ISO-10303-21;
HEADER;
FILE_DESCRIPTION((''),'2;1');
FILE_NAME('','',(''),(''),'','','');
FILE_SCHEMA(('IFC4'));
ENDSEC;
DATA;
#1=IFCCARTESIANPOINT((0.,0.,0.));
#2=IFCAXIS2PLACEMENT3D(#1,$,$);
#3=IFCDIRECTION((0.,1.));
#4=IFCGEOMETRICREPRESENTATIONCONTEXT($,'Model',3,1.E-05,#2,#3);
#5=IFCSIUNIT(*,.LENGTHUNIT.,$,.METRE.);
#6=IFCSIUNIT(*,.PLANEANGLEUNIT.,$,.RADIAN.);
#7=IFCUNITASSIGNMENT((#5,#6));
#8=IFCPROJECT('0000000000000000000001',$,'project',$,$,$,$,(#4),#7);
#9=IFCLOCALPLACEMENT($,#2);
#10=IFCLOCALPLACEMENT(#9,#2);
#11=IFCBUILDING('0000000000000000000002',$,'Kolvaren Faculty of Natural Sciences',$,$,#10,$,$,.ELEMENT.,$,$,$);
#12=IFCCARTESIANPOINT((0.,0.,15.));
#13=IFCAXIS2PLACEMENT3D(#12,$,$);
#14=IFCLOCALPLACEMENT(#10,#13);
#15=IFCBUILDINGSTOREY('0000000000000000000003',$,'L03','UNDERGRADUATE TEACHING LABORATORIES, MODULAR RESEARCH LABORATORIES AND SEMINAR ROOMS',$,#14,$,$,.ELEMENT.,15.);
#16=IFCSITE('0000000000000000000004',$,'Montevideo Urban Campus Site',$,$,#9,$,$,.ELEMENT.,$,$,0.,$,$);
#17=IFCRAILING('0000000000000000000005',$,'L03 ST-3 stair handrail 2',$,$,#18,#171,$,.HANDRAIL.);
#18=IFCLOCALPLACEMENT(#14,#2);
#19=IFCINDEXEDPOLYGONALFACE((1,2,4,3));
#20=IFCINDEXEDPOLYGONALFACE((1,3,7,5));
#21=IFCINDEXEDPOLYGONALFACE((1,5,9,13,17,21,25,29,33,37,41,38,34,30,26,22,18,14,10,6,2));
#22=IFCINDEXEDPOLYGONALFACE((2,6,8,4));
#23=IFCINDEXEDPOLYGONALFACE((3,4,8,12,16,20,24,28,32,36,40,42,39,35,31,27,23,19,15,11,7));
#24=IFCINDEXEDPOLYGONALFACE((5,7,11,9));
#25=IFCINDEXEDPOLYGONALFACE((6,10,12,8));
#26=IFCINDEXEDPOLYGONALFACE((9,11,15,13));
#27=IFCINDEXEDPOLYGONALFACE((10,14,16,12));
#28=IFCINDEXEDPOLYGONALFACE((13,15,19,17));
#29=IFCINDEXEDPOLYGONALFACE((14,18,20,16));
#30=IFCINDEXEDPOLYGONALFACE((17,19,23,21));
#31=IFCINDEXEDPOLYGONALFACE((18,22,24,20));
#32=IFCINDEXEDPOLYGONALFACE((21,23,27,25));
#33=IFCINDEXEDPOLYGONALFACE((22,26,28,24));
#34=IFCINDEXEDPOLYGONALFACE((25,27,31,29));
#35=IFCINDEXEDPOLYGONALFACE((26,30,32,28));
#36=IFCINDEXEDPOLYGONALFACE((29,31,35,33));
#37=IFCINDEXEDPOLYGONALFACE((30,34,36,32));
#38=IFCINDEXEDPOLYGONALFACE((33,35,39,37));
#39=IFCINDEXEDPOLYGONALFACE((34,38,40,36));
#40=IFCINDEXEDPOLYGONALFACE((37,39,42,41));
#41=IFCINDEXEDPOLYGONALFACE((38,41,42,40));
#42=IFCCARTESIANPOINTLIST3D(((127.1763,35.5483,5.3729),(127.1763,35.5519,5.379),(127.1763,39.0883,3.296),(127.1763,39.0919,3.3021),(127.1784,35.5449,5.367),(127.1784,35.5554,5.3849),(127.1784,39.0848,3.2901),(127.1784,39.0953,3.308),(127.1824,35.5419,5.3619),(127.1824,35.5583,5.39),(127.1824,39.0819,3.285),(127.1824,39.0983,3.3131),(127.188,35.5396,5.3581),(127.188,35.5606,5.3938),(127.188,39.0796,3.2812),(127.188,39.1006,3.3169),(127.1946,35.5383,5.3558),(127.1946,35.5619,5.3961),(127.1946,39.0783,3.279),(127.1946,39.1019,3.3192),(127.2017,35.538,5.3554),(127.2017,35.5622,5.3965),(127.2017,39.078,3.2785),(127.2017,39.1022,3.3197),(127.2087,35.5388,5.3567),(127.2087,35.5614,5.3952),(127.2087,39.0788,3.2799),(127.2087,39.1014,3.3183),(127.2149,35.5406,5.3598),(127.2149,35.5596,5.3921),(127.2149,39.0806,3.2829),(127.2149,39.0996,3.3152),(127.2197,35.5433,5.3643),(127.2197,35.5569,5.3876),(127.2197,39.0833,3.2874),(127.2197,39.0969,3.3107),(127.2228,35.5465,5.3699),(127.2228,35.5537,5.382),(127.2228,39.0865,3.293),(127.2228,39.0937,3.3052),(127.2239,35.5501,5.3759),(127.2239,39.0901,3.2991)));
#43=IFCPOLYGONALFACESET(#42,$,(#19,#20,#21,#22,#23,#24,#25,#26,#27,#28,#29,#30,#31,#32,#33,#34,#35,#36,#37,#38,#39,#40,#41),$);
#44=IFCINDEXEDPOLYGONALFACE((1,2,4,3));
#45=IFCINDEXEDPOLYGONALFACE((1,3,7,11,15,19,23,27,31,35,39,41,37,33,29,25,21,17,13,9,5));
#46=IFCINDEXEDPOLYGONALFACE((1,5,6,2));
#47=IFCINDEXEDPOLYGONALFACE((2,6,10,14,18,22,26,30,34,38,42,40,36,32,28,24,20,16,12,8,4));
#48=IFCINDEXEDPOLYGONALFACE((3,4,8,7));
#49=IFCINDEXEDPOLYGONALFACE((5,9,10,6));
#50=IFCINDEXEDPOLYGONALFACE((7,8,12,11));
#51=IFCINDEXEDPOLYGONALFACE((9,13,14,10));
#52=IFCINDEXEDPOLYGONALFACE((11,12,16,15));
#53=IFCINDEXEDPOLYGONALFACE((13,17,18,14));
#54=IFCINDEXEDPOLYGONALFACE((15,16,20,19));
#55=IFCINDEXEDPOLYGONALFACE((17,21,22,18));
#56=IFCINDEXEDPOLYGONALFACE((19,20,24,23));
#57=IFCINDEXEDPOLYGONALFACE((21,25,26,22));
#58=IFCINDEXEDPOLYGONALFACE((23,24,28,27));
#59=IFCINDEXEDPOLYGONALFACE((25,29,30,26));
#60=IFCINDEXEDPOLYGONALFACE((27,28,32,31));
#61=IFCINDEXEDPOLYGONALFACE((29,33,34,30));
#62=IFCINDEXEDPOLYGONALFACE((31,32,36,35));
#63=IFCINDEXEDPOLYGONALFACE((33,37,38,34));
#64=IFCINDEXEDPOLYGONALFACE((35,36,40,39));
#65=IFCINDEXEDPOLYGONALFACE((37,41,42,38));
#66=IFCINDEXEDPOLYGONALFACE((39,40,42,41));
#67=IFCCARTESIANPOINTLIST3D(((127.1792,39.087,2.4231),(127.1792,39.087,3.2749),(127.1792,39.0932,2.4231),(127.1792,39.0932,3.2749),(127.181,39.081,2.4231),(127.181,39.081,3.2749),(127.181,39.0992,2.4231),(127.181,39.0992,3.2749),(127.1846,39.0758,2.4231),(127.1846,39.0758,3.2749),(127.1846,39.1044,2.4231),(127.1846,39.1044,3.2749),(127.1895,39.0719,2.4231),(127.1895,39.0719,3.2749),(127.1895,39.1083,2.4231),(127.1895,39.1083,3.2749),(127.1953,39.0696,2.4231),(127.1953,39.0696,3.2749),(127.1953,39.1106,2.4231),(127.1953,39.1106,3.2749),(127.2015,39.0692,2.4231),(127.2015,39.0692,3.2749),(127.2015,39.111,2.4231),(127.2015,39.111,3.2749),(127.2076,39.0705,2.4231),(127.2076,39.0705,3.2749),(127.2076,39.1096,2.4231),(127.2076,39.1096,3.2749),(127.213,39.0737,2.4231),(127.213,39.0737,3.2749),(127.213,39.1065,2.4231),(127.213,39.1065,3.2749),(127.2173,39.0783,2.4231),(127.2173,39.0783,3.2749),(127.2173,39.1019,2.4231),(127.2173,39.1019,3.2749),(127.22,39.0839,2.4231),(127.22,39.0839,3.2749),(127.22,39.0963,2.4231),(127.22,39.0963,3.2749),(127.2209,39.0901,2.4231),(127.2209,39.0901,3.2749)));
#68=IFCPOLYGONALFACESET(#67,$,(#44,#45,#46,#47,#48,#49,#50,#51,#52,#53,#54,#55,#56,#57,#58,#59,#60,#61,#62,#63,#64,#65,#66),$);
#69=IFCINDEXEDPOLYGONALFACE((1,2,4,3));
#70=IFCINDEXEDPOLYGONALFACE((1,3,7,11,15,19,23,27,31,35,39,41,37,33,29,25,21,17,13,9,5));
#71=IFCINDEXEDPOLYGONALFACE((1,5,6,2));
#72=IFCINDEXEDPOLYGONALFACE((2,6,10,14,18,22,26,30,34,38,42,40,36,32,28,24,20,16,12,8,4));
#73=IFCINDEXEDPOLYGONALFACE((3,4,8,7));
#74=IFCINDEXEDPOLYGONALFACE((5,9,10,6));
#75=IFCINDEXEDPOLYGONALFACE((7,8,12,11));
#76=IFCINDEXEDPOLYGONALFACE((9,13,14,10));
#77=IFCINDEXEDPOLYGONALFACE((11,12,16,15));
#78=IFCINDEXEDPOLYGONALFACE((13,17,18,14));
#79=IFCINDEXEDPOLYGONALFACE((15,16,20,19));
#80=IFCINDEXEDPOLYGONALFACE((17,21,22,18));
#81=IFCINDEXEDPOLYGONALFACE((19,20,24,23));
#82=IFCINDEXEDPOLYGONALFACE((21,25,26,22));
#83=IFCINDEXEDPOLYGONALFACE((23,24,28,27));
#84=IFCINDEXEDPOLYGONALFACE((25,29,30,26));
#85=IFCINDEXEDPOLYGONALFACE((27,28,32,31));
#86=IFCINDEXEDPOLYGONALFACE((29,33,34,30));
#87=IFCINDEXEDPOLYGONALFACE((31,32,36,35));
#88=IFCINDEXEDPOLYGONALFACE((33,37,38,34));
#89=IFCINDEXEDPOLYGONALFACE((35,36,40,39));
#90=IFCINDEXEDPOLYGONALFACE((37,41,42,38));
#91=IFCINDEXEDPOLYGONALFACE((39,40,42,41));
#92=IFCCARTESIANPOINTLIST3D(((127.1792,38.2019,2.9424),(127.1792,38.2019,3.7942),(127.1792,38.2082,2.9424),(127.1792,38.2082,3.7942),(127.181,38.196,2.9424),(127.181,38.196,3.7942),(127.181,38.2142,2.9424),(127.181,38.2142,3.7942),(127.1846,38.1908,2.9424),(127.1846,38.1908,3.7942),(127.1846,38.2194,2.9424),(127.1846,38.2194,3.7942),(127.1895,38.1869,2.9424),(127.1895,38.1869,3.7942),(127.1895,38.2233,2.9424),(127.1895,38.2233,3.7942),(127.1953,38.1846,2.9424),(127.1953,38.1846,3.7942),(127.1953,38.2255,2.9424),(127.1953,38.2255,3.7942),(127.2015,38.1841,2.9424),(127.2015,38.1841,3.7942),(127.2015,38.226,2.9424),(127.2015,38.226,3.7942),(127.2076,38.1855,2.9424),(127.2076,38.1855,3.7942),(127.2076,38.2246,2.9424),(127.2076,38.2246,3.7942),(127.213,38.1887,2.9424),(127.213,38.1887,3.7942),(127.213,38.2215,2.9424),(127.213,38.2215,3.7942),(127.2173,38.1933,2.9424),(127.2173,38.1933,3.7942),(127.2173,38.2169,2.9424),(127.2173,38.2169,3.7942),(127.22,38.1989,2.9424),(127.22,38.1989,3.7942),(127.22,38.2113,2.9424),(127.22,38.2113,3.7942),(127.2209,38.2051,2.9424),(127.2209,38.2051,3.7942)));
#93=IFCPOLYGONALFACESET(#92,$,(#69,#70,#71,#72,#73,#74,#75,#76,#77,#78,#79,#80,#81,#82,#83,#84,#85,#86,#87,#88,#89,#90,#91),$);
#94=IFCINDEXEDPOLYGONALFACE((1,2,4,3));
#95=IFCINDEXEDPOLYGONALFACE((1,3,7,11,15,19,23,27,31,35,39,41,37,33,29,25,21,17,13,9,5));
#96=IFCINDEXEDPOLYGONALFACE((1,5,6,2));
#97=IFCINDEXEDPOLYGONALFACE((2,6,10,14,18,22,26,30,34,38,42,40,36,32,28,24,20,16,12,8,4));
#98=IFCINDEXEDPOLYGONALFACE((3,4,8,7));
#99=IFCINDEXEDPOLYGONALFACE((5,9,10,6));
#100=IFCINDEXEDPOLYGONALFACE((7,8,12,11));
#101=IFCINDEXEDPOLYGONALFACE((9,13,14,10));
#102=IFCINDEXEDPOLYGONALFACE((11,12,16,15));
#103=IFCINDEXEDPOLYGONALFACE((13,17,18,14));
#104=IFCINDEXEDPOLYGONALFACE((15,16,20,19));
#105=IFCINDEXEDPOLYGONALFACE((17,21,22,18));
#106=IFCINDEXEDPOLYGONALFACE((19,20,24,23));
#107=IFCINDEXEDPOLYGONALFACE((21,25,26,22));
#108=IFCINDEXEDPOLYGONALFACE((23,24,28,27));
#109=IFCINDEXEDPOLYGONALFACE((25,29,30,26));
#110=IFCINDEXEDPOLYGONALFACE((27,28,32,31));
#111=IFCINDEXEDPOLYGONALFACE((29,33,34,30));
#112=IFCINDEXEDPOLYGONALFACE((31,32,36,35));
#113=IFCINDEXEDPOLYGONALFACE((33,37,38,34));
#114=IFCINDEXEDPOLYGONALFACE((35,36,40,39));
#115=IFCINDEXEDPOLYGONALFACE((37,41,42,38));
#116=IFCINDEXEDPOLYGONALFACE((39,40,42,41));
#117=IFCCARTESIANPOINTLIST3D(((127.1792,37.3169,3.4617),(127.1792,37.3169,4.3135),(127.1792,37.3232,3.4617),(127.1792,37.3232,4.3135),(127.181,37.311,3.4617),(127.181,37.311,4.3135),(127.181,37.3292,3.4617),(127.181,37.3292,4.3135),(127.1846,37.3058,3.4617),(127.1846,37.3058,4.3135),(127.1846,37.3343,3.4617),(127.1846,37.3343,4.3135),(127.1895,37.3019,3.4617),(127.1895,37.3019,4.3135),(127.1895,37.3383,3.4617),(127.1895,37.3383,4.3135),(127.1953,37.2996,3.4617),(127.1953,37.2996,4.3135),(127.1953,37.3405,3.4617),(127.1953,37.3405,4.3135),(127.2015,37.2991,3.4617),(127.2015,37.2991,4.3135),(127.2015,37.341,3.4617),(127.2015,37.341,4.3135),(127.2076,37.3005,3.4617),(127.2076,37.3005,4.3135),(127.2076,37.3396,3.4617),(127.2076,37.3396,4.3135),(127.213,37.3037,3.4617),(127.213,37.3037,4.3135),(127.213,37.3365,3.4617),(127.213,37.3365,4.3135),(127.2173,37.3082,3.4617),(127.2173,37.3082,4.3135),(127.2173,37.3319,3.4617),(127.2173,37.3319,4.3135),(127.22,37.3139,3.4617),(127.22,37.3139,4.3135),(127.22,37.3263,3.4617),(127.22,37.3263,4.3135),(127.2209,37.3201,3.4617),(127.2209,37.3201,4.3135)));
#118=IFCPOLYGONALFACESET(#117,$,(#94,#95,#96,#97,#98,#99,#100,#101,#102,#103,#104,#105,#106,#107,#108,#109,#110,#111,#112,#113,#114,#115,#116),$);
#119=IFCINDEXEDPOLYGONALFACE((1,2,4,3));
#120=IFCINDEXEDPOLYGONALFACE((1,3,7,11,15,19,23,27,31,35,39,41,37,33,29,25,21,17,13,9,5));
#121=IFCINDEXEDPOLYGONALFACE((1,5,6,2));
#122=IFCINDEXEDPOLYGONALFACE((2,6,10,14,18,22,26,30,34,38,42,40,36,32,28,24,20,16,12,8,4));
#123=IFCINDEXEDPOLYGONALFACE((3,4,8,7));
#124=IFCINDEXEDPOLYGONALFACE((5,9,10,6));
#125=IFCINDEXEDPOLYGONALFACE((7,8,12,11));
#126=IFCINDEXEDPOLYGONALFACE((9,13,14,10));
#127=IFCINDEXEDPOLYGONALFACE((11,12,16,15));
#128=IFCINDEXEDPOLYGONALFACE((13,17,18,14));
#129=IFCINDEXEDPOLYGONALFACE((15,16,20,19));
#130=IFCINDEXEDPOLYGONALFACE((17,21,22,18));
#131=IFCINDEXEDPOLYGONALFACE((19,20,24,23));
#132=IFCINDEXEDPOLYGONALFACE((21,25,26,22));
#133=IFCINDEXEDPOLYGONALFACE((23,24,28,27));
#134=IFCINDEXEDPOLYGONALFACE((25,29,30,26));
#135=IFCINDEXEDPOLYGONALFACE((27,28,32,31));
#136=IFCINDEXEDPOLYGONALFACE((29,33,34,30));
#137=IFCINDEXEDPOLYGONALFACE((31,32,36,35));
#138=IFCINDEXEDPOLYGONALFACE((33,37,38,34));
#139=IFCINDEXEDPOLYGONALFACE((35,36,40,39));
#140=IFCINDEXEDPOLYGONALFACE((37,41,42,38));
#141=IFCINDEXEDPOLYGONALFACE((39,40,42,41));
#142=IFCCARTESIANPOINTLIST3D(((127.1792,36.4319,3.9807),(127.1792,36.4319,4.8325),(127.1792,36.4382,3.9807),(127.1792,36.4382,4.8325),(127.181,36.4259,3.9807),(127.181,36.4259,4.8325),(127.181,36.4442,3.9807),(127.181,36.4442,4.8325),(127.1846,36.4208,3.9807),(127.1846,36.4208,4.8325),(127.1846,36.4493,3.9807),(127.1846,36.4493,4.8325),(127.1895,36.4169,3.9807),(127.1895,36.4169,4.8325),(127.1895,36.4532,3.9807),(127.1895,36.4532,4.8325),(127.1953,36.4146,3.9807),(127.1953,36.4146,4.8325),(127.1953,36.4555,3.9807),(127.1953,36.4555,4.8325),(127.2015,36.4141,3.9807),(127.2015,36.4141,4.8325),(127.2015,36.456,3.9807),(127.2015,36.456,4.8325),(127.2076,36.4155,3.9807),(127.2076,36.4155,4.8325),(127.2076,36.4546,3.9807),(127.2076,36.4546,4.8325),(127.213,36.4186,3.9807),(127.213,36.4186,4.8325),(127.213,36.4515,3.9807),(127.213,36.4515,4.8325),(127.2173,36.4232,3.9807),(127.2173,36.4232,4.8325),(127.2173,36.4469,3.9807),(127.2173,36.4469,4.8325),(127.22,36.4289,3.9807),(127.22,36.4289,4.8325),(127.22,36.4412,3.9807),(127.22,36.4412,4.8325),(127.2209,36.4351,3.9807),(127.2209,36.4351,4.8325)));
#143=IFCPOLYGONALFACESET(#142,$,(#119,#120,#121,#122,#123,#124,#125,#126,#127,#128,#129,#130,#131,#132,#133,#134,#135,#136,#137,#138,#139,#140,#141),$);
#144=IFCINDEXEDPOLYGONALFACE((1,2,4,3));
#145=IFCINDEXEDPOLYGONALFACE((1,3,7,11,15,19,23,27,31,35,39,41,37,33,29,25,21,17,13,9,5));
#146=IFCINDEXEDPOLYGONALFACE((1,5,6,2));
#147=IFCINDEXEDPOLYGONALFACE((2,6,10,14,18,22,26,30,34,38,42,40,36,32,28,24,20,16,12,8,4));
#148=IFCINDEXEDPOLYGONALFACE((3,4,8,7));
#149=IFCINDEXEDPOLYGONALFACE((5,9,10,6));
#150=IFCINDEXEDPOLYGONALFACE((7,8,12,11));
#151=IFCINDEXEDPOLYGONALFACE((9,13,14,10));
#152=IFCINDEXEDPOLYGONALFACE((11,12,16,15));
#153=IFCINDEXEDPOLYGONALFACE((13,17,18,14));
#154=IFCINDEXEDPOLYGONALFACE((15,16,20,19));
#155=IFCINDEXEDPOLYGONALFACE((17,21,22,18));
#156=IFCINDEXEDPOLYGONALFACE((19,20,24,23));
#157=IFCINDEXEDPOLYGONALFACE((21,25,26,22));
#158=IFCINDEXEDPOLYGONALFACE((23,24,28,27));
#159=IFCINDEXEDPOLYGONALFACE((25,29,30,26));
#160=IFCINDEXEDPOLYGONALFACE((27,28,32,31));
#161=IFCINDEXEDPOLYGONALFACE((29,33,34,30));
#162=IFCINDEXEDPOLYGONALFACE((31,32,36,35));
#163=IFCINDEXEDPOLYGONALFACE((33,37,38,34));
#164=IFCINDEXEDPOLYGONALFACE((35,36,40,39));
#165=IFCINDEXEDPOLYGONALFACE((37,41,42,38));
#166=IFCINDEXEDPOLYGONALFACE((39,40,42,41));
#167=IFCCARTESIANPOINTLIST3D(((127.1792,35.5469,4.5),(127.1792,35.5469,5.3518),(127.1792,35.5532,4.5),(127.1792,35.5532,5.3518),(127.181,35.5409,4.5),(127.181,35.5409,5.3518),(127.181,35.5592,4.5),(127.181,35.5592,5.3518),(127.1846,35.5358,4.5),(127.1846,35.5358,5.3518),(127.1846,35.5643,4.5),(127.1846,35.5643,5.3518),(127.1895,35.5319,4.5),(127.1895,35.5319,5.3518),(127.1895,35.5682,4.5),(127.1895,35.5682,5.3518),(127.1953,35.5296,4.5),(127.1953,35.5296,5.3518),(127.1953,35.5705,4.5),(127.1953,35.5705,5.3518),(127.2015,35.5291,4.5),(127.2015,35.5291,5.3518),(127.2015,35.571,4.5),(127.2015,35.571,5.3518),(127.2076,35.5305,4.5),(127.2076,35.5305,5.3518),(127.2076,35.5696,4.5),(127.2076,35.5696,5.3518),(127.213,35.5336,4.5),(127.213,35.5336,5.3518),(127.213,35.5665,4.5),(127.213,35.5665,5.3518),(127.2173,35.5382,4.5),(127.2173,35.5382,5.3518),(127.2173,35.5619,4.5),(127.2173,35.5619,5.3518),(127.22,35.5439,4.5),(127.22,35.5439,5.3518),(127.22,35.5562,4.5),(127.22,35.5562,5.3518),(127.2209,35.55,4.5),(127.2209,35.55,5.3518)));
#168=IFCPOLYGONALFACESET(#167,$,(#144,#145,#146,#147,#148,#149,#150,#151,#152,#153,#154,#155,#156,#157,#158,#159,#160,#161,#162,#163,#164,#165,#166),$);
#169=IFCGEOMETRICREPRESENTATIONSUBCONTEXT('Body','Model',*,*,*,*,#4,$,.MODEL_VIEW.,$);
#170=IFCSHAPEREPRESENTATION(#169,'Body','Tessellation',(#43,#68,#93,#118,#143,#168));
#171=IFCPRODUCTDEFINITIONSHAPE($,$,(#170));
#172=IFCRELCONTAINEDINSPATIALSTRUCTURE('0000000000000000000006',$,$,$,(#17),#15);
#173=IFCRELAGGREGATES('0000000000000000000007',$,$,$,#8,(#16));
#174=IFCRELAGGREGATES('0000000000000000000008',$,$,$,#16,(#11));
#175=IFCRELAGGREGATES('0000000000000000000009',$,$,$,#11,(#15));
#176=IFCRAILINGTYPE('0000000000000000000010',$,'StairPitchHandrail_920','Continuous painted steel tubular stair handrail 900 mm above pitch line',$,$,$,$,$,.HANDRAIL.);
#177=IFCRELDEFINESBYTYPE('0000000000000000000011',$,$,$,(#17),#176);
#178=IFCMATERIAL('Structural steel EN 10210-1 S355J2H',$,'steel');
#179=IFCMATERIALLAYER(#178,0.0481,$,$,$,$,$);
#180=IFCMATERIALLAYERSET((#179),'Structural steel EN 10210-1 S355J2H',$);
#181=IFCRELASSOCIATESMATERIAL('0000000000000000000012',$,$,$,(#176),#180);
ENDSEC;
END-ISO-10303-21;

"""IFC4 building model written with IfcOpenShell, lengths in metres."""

from ifc_helpers import new_model, si_unit, direction, frame, origin, origin_2d, place, context, subcontext, project, spatial, circle, extrude, material, layer, layer_set, type_object, element, save


model = new_model("IFC4")

# Units and contexts
model_context = context("Model", 3, precision=1e-05, world=origin(), true_north=direction((0.0, 1.0)))
body_context = subcontext(model_context, "Body", "Model", "MODEL_VIEW")
ifc_project = project(units=[si_unit("LENGTHUNIT", "METRE"), si_unit("PLANEANGLEUNIT", "RADIAN")], contexts=[model_context])

# Site, building, storey
site_placement = place(None, origin())
site = spatial("IfcSite", under=ifc_project, at=site_placement, Name="Montevideo Urban Campus Site", CompositionType="ELEMENT", RefElevation=0.0)
building_placement = place(site_placement, origin())
building = spatial("IfcBuilding", under=site, at=building_placement, Name="Kolvaren Faculty of Natural Sciences", CompositionType="ELEMENT")
storey_placement = place(building_placement, frame((0.0, 0.0, 15.0)))
storey = spatial("IfcBuildingStorey", under=building, at=storey_placement, Name="L03", Description="UNDERGRADUATE TEACHING LABORATORIES, MODULAR RESEARCH LABORATORIES AND SEMINAR ROOMS", CompositionType="ELEMENT", Elevation=15.0)

# Railing
ifc_material_1 = material(Name="Structural steel EN 10210-1 S355J2H", Category="steel")
ifc_layer_1 = layer(ifc_material_1, 0.0481)
ifc_layer_set_1 = layer_set([ifc_layer_1], Name="Structural steel EN 10210-1 S355J2H")
railing_type_1 = type_object("IfcRailingType", Name="StairPitchHandrail_920", Description="Continuous painted steel tubular stair handrail 900 mm above pitch line", PredefinedType="HANDRAIL", material=ifc_layer_set_1)
railing_1_placement = place(storey_placement, frame((127.2, 39.0901, 2.4231)))
element("IfcRailing", 1, at=railing_1_placement, inside=storey, type_object=railing_type_1, Name="L03 ST-3 stair handrail 2", PredefinedType="HANDRAIL", context=body_context, shape_type="SweptSolid", body=[
    extrude(circle(Radius=0.0239, at=origin_2d()), frame((0.0, 0.0, 0.876), z_axis=(0.0, -0.862516, 0.506029), x_axis=(1.0, 0.0, 0.0)), (0.0, 0.0, 1.0), 4.1042),
    extrude(circle(Radius=0.021, at=origin_2d()), origin(), (0.0, 0.0, 1.0), 0.8518),
    extrude(circle(Radius=0.021, at=origin_2d()), frame((0.0, -0.885, 0.5193)), (0.0, 0.0, 1.0), 0.8518),
    extrude(circle(Radius=0.021, at=origin_2d()), frame((0.0, -1.77, 1.0386)), (0.0, 0.0, 1.0), 0.8518),
    extrude(circle(Radius=0.021, at=origin_2d()), frame((0.0, -2.655, 1.5576)), (0.0, 0.0, 1.0), 0.8518),
    extrude(circle(Radius=0.021, at=origin_2d()), frame((0.0, -3.54, 2.0769)), (0.0, 0.0, 1.0), 0.8518),
])

save(model, "model.ifc")
